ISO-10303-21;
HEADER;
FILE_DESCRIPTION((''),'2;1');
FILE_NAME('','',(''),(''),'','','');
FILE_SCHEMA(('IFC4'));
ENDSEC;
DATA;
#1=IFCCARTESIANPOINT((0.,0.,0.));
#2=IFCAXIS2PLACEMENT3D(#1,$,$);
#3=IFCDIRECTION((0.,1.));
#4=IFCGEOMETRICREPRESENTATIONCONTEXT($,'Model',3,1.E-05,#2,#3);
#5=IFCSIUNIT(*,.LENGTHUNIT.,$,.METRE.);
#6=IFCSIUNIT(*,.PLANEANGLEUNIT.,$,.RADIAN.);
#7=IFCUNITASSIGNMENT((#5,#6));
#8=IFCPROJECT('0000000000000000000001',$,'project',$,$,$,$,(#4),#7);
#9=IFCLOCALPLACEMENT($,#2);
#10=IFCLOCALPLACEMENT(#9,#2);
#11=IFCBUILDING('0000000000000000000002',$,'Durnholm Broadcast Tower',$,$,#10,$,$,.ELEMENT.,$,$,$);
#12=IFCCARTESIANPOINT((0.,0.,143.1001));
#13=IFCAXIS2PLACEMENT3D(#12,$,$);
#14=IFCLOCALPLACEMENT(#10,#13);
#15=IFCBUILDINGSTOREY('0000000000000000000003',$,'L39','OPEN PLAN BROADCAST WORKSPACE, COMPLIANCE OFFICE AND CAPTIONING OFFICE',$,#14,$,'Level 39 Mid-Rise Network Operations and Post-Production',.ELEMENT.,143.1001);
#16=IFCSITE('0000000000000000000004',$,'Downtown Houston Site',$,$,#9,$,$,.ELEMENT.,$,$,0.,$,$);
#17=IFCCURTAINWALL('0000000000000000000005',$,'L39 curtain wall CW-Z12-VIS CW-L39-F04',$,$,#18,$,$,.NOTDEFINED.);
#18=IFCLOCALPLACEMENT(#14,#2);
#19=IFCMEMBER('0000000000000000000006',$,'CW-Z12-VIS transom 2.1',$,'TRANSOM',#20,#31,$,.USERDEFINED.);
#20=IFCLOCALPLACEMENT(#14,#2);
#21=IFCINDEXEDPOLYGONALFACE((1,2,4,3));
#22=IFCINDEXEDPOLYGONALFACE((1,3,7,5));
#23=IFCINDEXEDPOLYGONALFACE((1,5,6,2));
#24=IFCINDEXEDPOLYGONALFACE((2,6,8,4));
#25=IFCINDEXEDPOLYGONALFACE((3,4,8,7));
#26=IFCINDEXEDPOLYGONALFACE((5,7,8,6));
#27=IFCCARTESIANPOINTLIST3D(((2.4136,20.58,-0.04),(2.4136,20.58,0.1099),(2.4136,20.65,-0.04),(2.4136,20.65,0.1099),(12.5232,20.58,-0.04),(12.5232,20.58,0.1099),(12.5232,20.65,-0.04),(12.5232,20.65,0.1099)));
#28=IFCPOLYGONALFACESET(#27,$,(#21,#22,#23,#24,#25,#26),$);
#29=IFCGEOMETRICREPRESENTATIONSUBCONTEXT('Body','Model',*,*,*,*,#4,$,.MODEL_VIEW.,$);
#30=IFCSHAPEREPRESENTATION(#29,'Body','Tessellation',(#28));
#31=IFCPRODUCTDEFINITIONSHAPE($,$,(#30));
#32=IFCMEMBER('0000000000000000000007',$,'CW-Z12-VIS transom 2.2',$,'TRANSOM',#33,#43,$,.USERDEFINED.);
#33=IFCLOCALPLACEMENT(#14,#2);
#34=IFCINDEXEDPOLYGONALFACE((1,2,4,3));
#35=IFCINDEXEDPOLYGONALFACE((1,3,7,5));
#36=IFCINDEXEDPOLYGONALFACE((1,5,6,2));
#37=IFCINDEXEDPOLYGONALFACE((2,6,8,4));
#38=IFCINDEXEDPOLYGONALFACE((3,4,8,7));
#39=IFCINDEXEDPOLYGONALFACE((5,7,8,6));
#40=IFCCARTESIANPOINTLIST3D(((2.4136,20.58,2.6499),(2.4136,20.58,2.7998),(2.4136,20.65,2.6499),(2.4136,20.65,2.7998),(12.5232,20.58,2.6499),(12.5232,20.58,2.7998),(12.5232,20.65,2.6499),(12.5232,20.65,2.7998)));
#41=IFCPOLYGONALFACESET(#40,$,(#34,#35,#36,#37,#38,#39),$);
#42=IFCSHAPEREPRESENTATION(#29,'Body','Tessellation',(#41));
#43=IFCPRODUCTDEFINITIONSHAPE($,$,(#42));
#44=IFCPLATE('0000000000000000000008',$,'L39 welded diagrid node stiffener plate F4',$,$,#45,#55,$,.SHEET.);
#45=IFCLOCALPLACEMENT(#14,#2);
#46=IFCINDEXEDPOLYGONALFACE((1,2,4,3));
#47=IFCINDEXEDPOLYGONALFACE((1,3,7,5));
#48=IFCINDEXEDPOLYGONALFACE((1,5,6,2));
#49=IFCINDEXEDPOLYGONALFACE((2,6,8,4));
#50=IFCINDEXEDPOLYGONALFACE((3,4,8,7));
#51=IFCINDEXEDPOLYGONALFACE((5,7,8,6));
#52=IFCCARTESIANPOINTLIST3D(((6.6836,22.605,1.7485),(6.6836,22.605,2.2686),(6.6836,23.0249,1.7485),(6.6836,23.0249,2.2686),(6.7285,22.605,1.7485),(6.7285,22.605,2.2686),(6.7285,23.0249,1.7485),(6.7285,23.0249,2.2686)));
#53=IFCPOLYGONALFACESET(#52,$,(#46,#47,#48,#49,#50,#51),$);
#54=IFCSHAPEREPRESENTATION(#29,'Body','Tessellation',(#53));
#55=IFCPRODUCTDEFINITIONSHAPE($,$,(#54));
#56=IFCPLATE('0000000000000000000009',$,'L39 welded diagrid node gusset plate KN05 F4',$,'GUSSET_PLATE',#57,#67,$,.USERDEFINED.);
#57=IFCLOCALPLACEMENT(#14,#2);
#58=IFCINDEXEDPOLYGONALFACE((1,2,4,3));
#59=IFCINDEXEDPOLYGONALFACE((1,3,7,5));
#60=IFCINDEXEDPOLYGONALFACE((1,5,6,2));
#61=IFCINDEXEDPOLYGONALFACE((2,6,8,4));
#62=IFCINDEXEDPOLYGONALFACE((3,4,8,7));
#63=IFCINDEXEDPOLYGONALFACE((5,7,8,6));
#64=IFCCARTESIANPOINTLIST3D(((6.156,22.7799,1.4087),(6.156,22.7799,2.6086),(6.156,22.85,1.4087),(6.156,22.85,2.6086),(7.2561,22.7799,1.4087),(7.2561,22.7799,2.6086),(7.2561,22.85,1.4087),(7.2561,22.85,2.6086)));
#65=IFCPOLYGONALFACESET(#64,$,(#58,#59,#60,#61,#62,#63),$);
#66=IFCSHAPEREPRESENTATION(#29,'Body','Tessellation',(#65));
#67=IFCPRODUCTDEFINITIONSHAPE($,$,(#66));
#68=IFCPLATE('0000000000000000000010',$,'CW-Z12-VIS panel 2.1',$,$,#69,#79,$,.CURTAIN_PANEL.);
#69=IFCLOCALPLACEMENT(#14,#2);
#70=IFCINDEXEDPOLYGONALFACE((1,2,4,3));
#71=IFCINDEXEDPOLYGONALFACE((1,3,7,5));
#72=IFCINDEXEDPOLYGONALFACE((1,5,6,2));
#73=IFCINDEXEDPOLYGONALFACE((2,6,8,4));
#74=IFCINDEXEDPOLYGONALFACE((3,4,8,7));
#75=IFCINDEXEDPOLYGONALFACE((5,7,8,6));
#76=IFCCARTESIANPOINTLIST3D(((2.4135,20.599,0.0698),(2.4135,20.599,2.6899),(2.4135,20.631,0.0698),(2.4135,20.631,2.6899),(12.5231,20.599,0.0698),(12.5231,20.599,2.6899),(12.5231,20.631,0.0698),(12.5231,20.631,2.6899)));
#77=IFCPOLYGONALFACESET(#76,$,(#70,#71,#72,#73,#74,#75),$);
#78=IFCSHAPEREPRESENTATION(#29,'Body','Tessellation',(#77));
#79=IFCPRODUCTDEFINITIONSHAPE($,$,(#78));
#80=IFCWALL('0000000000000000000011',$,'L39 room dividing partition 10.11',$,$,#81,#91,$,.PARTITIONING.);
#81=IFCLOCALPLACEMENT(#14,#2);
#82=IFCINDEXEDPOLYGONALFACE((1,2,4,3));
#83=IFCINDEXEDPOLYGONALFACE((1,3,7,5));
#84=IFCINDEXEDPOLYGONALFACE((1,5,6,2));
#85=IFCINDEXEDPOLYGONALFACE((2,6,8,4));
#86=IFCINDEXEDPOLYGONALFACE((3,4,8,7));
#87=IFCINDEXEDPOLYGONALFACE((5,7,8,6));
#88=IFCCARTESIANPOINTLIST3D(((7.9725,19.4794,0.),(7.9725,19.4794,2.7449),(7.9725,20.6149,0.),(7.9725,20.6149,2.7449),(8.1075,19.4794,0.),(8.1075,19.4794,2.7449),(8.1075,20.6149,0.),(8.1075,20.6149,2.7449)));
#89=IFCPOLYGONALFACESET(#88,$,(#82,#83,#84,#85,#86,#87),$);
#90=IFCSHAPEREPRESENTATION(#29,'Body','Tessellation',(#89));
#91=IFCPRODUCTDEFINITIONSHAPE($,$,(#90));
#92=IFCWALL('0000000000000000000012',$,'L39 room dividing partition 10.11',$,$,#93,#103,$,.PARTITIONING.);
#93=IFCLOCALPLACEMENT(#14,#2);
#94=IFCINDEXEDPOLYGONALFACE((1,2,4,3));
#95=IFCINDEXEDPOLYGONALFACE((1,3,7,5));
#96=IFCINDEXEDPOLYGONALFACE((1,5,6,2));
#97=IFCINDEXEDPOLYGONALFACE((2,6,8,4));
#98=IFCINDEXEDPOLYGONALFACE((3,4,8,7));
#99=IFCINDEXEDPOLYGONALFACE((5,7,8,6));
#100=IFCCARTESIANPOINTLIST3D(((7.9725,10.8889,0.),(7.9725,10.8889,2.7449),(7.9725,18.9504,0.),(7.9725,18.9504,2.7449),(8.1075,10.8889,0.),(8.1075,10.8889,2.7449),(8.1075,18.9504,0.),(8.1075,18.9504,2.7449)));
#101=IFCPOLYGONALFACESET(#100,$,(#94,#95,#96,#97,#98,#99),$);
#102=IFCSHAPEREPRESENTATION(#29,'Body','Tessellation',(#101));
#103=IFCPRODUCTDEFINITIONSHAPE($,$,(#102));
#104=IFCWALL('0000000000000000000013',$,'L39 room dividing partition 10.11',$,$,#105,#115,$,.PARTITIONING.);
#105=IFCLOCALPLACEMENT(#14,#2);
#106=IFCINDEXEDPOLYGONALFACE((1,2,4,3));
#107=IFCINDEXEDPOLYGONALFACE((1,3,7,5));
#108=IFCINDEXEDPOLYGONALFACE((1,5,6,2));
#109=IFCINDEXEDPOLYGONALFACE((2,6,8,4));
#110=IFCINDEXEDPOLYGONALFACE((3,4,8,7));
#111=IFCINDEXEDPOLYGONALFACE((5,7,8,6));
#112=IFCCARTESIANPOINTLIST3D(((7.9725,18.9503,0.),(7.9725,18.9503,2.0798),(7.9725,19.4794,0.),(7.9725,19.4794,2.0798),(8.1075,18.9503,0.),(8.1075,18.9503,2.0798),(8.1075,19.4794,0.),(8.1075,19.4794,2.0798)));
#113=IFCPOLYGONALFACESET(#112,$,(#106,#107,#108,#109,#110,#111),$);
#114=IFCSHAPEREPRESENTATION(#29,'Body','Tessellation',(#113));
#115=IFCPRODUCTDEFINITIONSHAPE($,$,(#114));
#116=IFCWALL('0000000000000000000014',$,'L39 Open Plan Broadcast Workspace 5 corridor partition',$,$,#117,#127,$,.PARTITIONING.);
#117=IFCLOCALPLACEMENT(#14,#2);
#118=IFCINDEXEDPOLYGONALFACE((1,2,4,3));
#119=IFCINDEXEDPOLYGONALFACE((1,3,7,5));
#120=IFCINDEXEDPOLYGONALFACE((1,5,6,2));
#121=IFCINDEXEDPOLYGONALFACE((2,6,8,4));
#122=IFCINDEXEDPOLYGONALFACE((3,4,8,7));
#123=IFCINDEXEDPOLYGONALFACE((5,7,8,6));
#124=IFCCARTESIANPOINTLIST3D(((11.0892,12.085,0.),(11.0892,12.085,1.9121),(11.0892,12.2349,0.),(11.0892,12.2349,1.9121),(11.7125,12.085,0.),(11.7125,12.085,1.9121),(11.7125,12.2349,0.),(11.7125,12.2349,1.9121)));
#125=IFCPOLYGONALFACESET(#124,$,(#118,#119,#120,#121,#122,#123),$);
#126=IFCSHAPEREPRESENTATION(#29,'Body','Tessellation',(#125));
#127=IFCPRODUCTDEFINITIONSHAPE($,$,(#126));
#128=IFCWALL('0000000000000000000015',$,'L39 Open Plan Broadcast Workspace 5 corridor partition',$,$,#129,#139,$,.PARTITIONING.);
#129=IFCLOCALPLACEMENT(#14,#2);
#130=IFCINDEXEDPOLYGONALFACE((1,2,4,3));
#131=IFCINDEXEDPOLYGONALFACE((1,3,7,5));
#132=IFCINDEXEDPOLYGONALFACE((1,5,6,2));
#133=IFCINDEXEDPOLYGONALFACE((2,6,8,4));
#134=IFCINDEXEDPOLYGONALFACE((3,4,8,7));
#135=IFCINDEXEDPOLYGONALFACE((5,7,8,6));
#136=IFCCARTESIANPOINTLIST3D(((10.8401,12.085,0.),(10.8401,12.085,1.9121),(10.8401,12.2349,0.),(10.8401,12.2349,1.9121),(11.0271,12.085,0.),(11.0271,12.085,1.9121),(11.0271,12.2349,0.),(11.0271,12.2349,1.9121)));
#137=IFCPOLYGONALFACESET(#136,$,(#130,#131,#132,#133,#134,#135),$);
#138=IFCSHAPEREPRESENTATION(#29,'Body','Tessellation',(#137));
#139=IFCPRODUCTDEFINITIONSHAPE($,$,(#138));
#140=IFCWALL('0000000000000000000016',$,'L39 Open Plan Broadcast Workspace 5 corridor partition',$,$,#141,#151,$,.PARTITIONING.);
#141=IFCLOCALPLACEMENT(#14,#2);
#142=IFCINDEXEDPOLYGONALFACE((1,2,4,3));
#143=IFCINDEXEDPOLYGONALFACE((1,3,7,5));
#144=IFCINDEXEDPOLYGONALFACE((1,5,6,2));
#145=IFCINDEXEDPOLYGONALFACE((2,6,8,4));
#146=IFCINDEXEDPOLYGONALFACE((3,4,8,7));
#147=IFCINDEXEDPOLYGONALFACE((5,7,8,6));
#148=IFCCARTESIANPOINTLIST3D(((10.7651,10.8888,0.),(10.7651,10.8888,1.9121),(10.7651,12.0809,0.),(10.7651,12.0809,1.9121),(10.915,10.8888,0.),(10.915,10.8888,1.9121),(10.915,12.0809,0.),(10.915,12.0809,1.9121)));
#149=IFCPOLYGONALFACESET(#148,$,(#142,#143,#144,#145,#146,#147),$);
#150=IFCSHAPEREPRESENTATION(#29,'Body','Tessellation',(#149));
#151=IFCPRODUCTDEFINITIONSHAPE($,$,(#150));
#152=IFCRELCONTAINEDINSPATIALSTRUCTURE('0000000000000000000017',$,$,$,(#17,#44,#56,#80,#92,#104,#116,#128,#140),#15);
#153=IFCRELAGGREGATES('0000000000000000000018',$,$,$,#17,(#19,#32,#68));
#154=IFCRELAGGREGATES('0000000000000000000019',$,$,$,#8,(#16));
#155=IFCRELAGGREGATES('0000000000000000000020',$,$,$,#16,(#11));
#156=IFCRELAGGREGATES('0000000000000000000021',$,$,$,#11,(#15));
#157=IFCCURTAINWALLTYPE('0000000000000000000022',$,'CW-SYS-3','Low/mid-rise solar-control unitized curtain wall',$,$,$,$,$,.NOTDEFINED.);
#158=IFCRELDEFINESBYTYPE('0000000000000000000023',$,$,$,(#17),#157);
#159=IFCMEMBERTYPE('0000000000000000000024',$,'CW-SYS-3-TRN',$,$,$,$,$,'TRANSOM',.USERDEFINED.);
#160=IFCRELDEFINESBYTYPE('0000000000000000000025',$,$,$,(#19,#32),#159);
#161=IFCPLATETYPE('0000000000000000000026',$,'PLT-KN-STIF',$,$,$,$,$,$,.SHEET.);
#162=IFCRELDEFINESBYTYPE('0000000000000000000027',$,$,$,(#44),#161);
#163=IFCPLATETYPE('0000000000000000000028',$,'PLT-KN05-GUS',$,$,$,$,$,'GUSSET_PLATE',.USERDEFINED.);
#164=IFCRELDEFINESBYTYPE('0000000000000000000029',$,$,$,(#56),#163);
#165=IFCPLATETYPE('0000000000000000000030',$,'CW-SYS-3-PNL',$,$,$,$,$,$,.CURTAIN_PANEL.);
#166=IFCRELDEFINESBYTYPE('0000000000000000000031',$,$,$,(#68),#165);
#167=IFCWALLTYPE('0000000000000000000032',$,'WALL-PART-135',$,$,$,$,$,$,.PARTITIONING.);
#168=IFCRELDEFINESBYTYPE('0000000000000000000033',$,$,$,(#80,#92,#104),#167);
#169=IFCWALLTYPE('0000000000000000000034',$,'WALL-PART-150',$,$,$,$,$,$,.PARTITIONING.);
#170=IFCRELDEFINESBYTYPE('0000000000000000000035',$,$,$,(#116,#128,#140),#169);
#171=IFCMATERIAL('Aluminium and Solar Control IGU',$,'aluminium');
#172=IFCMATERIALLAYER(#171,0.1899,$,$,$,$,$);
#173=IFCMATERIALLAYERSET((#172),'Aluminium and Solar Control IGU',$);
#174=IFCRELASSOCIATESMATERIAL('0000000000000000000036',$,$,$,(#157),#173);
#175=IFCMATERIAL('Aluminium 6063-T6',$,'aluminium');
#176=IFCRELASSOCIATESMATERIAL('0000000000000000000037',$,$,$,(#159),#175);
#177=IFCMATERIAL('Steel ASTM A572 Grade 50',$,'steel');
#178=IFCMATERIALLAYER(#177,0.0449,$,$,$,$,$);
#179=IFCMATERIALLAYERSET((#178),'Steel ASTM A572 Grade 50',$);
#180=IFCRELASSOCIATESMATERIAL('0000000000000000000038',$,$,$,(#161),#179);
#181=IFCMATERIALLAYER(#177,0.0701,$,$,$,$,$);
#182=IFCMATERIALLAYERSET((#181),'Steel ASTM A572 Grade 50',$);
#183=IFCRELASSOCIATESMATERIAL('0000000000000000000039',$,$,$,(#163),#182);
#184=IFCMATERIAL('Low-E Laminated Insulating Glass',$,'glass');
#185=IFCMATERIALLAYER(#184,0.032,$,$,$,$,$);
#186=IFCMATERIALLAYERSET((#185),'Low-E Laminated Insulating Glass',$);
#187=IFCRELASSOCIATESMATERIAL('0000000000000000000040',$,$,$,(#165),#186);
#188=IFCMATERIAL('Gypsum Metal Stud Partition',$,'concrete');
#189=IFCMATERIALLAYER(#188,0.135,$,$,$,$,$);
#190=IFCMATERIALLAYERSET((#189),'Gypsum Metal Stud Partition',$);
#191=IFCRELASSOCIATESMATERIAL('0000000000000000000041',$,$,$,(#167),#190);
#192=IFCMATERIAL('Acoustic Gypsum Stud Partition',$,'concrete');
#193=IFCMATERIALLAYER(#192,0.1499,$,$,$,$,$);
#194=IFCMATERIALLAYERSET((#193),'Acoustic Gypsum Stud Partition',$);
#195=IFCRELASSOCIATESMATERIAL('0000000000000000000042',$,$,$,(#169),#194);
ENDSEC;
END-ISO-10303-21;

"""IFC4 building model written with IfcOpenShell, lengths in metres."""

from ifc_helpers import new_model, si_unit, direction, frame, frame_2d, origin, origin_2d, place, context, subcontext, project, spatial, rectangle, extrude, source, transform, mapped, material, layer, layer_set, material_profile, profile_set, type_object, type_shapes, element, aggregate, save


model = new_model("IFC4")

# Units and contexts
model_context = context("Model", 3, precision=1e-05, world=origin(), true_north=direction((0.0, 1.0)))
body_context = subcontext(model_context, "Body", "Model", "MODEL_VIEW")
ifc_project = project(units=[si_unit("LENGTHUNIT", "METRE"), si_unit("PLANEANGLEUNIT", "RADIAN")], contexts=[model_context])

# Site, building, storey
site_placement = place(None, origin())
site = spatial("IfcSite", under=ifc_project, at=site_placement, Name="Downtown Houston Site", CompositionType="ELEMENT", RefElevation=0.0)
building_placement = place(site_placement, origin())
building = spatial("IfcBuilding", under=site, at=building_placement, Name="Durnholm Broadcast Tower", CompositionType="ELEMENT")
storey_placement = place(building_placement, frame((0.0, 0.0, 143.1001)))
storey = spatial("IfcBuildingStorey", under=building, at=storey_placement, Name="L39", Description="OPEN PLAN BROADCAST WORKSPACE, COMPLIANCE OFFICE AND CAPTIONING OFFICE", LongName="Level 39 Mid-Rise Network Operations and Post-Production", CompositionType="ELEMENT", Elevation=143.1001)

# Shared definitions
ifc_material_1 = material(Name="Aluminium and Solar Control IGU", Category="aluminium")
ifc_material_2 = material(Name="Aluminium 6063-T6", Category="aluminium")

# Curtain wall
ifc_layer_1 = layer(ifc_material_1, 0.1899)
ifc_layer_set_1 = layer_set([ifc_layer_1], Name="Aluminium and Solar Control IGU")
curtain_wall_type_1 = type_object("IfcCurtainWallType", Name="CW-SYS-3", Description="Low/mid-rise solar-control unitized curtain wall", PredefinedType="NOTDEFINED", material=ifc_layer_set_1)
curtain_wall_1_placement = place(storey_placement, origin())
curtain_wall_1 = element("IfcCurtainWall", 1, at=curtain_wall_1_placement, inside=storey, type_object=curtain_wall_type_1, Name="L39 curtain wall CW-Z12-VIS CW-L39-F04", PredefinedType="NOTDEFINED")

# Members
ifc_material_profile_1 = material_profile(ifc_material_2, rectangle(XDim=0.0701, YDim=0.1499, at=origin_2d()), Name="CWT70X150")
ifc_profile_set_1 = profile_set([ifc_material_profile_1], Name="Aluminium 6063-T6")
member_type_1 = type_object("IfcMemberType", Name="CW-SYS-3-TRN", ElementType="TRANSOM", PredefinedType="USERDEFINED", material=ifc_profile_set_1)
shared_shape_1 = source(origin(), body_context, "Body", "SweptSolid", [
    extrude(rectangle(XDim=0.0701, YDim=0.1499, at=origin_2d()), origin(), (0.0, 0.0, 1.0), 10.1096),
])
type_shapes(member_type_1, [shared_shape_1])
member_1_placement = place(storey_placement, frame((2.4136, 20.615, 0.0349), z_axis=(1.0, 0.0, 0.0), x_axis=(0.0, 1.0, 0.0)))
member_1 = element("IfcMember", 2, at=member_1_placement, type_object=member_type_1, Name="CW-Z12-VIS transom 2.1", ObjectType="TRANSOM", PredefinedType="USERDEFINED", context=body_context, shape_type="MappedRepresentation", body=[
    mapped(shared_shape_1, transform((0.0, 0.0, 0.0), x_axis=(1.0, 0.0, 0.0), y_axis=(0.0, 1.0, 0.0), z_axis=(0.0, 0.0, 1.0), scale=1.0)),
])
member_2_placement = place(storey_placement, frame((2.4136, 20.615, 2.7249), z_axis=(1.0, 0.0, 0.0), x_axis=(0.0, 1.0, 0.0)))
member_2 = element("IfcMember", 3, at=member_2_placement, type_object=member_type_1, Name="CW-Z12-VIS transom 2.2", ObjectType="TRANSOM", PredefinedType="USERDEFINED", context=body_context, shape_type="MappedRepresentation", body=[
    mapped(shared_shape_1, transform((0.0, 0.0, 0.0), x_axis=(1.0, 0.0, 0.0), y_axis=(0.0, 1.0, 0.0), z_axis=(0.0, 0.0, 1.0), scale=1.0)),
])

# Plates
ifc_material_3 = material(Name="Steel ASTM A572 Grade 50", Category="steel")
ifc_layer_2 = layer(ifc_material_3, 0.0449)
ifc_layer_set_2 = layer_set([ifc_layer_2], Name="Steel ASTM A572 Grade 50")
plate_type_1 = type_object("IfcPlateType", Name="PLT-KN-STIF", PredefinedType="SHEET", material=ifc_layer_set_2)
shared_shape_2 = source(origin(), body_context, "Body", "SweptSolid", [
    extrude(rectangle(XDim=0.0449, YDim=0.4199, at=origin_2d()), origin(), (0.0, 0.0, 1.0), 0.52),
])
type_shapes(plate_type_1, [shared_shape_2])
plate_1_placement = place(storey_placement, frame((6.7061, 22.8149, 1.7485), z_axis=(0.0, 0.0, 1.0), x_axis=(-1.0, 0.0, 0.0)))
element("IfcPlate", 4, at=plate_1_placement, inside=storey, type_object=plate_type_1, Name="L39 welded diagrid node stiffener plate F4", PredefinedType="SHEET", context=body_context, shape_type="MappedRepresentation", body=[
    mapped(shared_shape_2, transform((0.0, 0.0, 0.0), x_axis=(1.0, 0.0, 0.0), y_axis=(0.0, 1.0, 0.0), z_axis=(0.0, 0.0, 1.0), scale=1.0)),
])
ifc_layer_3 = layer(ifc_material_3, 0.0701)
ifc_layer_set_3 = layer_set([ifc_layer_3], Name="Steel ASTM A572 Grade 50")
plate_type_2 = type_object("IfcPlateType", Name="PLT-KN05-GUS", ElementType="GUSSET_PLATE", PredefinedType="USERDEFINED", material=ifc_layer_set_3)
shared_shape_3 = source(origin(), body_context, "Body", "SweptSolid", [
    extrude(rectangle(XDim=1.1001, YDim=0.0701, at=origin_2d()), origin(), (0.0, 0.0, 1.0), 1.2),
])
type_shapes(plate_type_2, [shared_shape_3])
plate_2_placement = place(storey_placement, frame((6.7061, 22.8149, 1.4087), z_axis=(0.0, 0.0, 1.0), x_axis=(-1.0, 0.0, 0.0)))
element("IfcPlate", 5, at=plate_2_placement, inside=storey, type_object=plate_type_2, Name="L39 welded diagrid node gusset plate KN05 F4", ObjectType="GUSSET_PLATE", PredefinedType="USERDEFINED", context=body_context, shape_type="MappedRepresentation", body=[
    mapped(shared_shape_3, transform((0.0, 0.0, 0.0), x_axis=(1.0, 0.0, 0.0), y_axis=(0.0, 1.0, 0.0), z_axis=(0.0, 0.0, 1.0), scale=1.0)),
])

# Plate
ifc_material_4 = material(Name="Low-E Laminated Insulating Glass", Category="glass")
ifc_layer_4 = layer(ifc_material_4, 0.032)
ifc_layer_set_4 = layer_set([ifc_layer_4], Name="Low-E Laminated Insulating Glass")
plate_type_3 = type_object("IfcPlateType", Name="CW-SYS-3-PNL", PredefinedType="CURTAIN_PANEL", material=ifc_layer_set_4)
shared_shape_4 = source(origin(), body_context, "Body", "SweptSolid", [
    extrude(rectangle(XDim=10.1096, YDim=0.032, at=origin_2d()), origin(), (0.0, 0.0, 1.0), 2.6201),
])
type_shapes(plate_type_3, [shared_shape_4])
plate_3_placement = place(storey_placement, frame((7.4683, 20.615, 0.0698), z_axis=(0.0, 0.0, 1.0), x_axis=(1.0, 0.0, 0.0)))
plate_3 = element("IfcPlate", 6, at=plate_3_placement, type_object=plate_type_3, Name="CW-Z12-VIS panel 2.1", PredefinedType="CURTAIN_PANEL", context=body_context, shape_type="MappedRepresentation", body=[
    mapped(shared_shape_4, transform((0.0, 0.0, 0.0), x_axis=(1.0, 0.0, 0.0), y_axis=(0.0, 1.0, 0.0), z_axis=(0.0, 0.0, 1.0), scale=1.0)),
])
aggregate(curtain_wall_1, [member_1, member_2, plate_3])

# Walls
ifc_material_5 = material(Name="Gypsum Metal Stud Partition", Category="concrete")
ifc_layer_5 = layer(ifc_material_5, 0.135)
ifc_layer_set_5 = layer_set([ifc_layer_5], Name="Gypsum Metal Stud Partition")
wall_type_1 = type_object("IfcWallType", Name="WALL-PART-135", PredefinedType="PARTITIONING", material=ifc_layer_set_5)
wall_1_placement = place(storey_placement, frame((8.04, 20.615, 0.0), z_axis=(0.0, 0.0, 1.0), x_axis=(0.0, -1.0, 0.0)))
element("IfcWall", 7, at=wall_1_placement, inside=storey, type_object=wall_type_1, Name="L39 room dividing partition 10.11", PredefinedType="PARTITIONING", context=body_context, shape_type="SweptSolid", body=[
    extrude(rectangle(XDim=1.1355, YDim=0.135, at=frame_2d((0.5679, 0.0))), origin(), (0.0, 0.0, 1.0), 2.7449),
])
wall_2_placement = place(storey_placement, frame((8.04, 18.9504, 0.0), z_axis=(0.0, 0.0, 1.0), x_axis=(0.0, -1.0, 0.0)))
element("IfcWall", 8, at=wall_2_placement, inside=storey, type_object=wall_type_1, Name="L39 room dividing partition 10.11", PredefinedType="PARTITIONING", context=body_context, shape_type="SweptSolid", body=[
    extrude(rectangle(XDim=8.0615, YDim=0.135, at=frame_2d((4.0308, 0.0))), origin(), (0.0, 0.0, 1.0), 2.7449),
])
wall_3_placement = place(storey_placement, frame((8.04, 19.4795, 0.0), z_axis=(0.0, 0.0, 1.0), x_axis=(0.0, -1.0, 0.0)))
element("IfcWall", 9, at=wall_3_placement, inside=storey, type_object=wall_type_1, Name="L39 room dividing partition 10.11", PredefinedType="PARTITIONING", context=body_context, shape_type="SweptSolid", body=[
    extrude(rectangle(XDim=0.5291, YDim=0.135, at=frame_2d((0.2646, 0.0))), origin(), (0.0, 0.0, 1.0), 2.0798),
])
ifc_material_6 = material(Name="Acoustic Gypsum Stud Partition", Category="concrete")
ifc_layer_6 = layer(ifc_material_6, 0.1499)
ifc_layer_set_6 = layer_set([ifc_layer_6], Name="Acoustic Gypsum Stud Partition")
wall_type_2 = type_object("IfcWallType", Name="WALL-PART-150", PredefinedType="PARTITIONING", material=ifc_layer_set_6)
wall_4_placement = place(storey_placement, frame((11.7124, 12.1599, 0.0), z_axis=(0.0, 0.0, 1.0), x_axis=(-1.0, 0.0, 0.0)))
element("IfcWall", 10, at=wall_4_placement, inside=storey, type_object=wall_type_2, Name="L39 Open Plan Broadcast Workspace 5 corridor partition", PredefinedType="PARTITIONING", context=body_context, shape_type="SweptSolid", body=[
    extrude(rectangle(XDim=0.6233, YDim=0.1499, at=frame_2d((0.3115, 0.0))), origin(), (0.0, 0.0, 1.0), 1.9121),
])
wall_5_placement = place(storey_placement, frame((11.0271, 12.1599, 0.0), z_axis=(0.0, 0.0, 1.0), x_axis=(-1.0, 0.0, 0.0)))
element("IfcWall", 11, at=wall_5_placement, inside=storey, type_object=wall_type_2, Name="L39 Open Plan Broadcast Workspace 5 corridor partition", PredefinedType="PARTITIONING", context=body_context, shape_type="SweptSolid", body=[
    extrude(rectangle(XDim=0.187, YDim=0.1499, at=frame_2d((0.0935, 0.0))), origin(), (0.0, 0.0, 1.0), 1.9121),
])
wall_6_placement = place(storey_placement, frame((10.8401, 12.0811, 0.0), z_axis=(0.0, 0.0, 1.0), x_axis=(0.0, -1.0, 0.0)))
element("IfcWall", 12, at=wall_6_placement, inside=storey, type_object=wall_type_2, Name="L39 Open Plan Broadcast Workspace 5 corridor partition", PredefinedType="PARTITIONING", context=body_context, shape_type="SweptSolid", body=[
    extrude(rectangle(XDim=1.1921, YDim=0.1499, at=frame_2d((0.5962, 0.0))), origin(), (0.0, 0.0, 1.0), 1.9121),
])

save(model, "model.ifc")
